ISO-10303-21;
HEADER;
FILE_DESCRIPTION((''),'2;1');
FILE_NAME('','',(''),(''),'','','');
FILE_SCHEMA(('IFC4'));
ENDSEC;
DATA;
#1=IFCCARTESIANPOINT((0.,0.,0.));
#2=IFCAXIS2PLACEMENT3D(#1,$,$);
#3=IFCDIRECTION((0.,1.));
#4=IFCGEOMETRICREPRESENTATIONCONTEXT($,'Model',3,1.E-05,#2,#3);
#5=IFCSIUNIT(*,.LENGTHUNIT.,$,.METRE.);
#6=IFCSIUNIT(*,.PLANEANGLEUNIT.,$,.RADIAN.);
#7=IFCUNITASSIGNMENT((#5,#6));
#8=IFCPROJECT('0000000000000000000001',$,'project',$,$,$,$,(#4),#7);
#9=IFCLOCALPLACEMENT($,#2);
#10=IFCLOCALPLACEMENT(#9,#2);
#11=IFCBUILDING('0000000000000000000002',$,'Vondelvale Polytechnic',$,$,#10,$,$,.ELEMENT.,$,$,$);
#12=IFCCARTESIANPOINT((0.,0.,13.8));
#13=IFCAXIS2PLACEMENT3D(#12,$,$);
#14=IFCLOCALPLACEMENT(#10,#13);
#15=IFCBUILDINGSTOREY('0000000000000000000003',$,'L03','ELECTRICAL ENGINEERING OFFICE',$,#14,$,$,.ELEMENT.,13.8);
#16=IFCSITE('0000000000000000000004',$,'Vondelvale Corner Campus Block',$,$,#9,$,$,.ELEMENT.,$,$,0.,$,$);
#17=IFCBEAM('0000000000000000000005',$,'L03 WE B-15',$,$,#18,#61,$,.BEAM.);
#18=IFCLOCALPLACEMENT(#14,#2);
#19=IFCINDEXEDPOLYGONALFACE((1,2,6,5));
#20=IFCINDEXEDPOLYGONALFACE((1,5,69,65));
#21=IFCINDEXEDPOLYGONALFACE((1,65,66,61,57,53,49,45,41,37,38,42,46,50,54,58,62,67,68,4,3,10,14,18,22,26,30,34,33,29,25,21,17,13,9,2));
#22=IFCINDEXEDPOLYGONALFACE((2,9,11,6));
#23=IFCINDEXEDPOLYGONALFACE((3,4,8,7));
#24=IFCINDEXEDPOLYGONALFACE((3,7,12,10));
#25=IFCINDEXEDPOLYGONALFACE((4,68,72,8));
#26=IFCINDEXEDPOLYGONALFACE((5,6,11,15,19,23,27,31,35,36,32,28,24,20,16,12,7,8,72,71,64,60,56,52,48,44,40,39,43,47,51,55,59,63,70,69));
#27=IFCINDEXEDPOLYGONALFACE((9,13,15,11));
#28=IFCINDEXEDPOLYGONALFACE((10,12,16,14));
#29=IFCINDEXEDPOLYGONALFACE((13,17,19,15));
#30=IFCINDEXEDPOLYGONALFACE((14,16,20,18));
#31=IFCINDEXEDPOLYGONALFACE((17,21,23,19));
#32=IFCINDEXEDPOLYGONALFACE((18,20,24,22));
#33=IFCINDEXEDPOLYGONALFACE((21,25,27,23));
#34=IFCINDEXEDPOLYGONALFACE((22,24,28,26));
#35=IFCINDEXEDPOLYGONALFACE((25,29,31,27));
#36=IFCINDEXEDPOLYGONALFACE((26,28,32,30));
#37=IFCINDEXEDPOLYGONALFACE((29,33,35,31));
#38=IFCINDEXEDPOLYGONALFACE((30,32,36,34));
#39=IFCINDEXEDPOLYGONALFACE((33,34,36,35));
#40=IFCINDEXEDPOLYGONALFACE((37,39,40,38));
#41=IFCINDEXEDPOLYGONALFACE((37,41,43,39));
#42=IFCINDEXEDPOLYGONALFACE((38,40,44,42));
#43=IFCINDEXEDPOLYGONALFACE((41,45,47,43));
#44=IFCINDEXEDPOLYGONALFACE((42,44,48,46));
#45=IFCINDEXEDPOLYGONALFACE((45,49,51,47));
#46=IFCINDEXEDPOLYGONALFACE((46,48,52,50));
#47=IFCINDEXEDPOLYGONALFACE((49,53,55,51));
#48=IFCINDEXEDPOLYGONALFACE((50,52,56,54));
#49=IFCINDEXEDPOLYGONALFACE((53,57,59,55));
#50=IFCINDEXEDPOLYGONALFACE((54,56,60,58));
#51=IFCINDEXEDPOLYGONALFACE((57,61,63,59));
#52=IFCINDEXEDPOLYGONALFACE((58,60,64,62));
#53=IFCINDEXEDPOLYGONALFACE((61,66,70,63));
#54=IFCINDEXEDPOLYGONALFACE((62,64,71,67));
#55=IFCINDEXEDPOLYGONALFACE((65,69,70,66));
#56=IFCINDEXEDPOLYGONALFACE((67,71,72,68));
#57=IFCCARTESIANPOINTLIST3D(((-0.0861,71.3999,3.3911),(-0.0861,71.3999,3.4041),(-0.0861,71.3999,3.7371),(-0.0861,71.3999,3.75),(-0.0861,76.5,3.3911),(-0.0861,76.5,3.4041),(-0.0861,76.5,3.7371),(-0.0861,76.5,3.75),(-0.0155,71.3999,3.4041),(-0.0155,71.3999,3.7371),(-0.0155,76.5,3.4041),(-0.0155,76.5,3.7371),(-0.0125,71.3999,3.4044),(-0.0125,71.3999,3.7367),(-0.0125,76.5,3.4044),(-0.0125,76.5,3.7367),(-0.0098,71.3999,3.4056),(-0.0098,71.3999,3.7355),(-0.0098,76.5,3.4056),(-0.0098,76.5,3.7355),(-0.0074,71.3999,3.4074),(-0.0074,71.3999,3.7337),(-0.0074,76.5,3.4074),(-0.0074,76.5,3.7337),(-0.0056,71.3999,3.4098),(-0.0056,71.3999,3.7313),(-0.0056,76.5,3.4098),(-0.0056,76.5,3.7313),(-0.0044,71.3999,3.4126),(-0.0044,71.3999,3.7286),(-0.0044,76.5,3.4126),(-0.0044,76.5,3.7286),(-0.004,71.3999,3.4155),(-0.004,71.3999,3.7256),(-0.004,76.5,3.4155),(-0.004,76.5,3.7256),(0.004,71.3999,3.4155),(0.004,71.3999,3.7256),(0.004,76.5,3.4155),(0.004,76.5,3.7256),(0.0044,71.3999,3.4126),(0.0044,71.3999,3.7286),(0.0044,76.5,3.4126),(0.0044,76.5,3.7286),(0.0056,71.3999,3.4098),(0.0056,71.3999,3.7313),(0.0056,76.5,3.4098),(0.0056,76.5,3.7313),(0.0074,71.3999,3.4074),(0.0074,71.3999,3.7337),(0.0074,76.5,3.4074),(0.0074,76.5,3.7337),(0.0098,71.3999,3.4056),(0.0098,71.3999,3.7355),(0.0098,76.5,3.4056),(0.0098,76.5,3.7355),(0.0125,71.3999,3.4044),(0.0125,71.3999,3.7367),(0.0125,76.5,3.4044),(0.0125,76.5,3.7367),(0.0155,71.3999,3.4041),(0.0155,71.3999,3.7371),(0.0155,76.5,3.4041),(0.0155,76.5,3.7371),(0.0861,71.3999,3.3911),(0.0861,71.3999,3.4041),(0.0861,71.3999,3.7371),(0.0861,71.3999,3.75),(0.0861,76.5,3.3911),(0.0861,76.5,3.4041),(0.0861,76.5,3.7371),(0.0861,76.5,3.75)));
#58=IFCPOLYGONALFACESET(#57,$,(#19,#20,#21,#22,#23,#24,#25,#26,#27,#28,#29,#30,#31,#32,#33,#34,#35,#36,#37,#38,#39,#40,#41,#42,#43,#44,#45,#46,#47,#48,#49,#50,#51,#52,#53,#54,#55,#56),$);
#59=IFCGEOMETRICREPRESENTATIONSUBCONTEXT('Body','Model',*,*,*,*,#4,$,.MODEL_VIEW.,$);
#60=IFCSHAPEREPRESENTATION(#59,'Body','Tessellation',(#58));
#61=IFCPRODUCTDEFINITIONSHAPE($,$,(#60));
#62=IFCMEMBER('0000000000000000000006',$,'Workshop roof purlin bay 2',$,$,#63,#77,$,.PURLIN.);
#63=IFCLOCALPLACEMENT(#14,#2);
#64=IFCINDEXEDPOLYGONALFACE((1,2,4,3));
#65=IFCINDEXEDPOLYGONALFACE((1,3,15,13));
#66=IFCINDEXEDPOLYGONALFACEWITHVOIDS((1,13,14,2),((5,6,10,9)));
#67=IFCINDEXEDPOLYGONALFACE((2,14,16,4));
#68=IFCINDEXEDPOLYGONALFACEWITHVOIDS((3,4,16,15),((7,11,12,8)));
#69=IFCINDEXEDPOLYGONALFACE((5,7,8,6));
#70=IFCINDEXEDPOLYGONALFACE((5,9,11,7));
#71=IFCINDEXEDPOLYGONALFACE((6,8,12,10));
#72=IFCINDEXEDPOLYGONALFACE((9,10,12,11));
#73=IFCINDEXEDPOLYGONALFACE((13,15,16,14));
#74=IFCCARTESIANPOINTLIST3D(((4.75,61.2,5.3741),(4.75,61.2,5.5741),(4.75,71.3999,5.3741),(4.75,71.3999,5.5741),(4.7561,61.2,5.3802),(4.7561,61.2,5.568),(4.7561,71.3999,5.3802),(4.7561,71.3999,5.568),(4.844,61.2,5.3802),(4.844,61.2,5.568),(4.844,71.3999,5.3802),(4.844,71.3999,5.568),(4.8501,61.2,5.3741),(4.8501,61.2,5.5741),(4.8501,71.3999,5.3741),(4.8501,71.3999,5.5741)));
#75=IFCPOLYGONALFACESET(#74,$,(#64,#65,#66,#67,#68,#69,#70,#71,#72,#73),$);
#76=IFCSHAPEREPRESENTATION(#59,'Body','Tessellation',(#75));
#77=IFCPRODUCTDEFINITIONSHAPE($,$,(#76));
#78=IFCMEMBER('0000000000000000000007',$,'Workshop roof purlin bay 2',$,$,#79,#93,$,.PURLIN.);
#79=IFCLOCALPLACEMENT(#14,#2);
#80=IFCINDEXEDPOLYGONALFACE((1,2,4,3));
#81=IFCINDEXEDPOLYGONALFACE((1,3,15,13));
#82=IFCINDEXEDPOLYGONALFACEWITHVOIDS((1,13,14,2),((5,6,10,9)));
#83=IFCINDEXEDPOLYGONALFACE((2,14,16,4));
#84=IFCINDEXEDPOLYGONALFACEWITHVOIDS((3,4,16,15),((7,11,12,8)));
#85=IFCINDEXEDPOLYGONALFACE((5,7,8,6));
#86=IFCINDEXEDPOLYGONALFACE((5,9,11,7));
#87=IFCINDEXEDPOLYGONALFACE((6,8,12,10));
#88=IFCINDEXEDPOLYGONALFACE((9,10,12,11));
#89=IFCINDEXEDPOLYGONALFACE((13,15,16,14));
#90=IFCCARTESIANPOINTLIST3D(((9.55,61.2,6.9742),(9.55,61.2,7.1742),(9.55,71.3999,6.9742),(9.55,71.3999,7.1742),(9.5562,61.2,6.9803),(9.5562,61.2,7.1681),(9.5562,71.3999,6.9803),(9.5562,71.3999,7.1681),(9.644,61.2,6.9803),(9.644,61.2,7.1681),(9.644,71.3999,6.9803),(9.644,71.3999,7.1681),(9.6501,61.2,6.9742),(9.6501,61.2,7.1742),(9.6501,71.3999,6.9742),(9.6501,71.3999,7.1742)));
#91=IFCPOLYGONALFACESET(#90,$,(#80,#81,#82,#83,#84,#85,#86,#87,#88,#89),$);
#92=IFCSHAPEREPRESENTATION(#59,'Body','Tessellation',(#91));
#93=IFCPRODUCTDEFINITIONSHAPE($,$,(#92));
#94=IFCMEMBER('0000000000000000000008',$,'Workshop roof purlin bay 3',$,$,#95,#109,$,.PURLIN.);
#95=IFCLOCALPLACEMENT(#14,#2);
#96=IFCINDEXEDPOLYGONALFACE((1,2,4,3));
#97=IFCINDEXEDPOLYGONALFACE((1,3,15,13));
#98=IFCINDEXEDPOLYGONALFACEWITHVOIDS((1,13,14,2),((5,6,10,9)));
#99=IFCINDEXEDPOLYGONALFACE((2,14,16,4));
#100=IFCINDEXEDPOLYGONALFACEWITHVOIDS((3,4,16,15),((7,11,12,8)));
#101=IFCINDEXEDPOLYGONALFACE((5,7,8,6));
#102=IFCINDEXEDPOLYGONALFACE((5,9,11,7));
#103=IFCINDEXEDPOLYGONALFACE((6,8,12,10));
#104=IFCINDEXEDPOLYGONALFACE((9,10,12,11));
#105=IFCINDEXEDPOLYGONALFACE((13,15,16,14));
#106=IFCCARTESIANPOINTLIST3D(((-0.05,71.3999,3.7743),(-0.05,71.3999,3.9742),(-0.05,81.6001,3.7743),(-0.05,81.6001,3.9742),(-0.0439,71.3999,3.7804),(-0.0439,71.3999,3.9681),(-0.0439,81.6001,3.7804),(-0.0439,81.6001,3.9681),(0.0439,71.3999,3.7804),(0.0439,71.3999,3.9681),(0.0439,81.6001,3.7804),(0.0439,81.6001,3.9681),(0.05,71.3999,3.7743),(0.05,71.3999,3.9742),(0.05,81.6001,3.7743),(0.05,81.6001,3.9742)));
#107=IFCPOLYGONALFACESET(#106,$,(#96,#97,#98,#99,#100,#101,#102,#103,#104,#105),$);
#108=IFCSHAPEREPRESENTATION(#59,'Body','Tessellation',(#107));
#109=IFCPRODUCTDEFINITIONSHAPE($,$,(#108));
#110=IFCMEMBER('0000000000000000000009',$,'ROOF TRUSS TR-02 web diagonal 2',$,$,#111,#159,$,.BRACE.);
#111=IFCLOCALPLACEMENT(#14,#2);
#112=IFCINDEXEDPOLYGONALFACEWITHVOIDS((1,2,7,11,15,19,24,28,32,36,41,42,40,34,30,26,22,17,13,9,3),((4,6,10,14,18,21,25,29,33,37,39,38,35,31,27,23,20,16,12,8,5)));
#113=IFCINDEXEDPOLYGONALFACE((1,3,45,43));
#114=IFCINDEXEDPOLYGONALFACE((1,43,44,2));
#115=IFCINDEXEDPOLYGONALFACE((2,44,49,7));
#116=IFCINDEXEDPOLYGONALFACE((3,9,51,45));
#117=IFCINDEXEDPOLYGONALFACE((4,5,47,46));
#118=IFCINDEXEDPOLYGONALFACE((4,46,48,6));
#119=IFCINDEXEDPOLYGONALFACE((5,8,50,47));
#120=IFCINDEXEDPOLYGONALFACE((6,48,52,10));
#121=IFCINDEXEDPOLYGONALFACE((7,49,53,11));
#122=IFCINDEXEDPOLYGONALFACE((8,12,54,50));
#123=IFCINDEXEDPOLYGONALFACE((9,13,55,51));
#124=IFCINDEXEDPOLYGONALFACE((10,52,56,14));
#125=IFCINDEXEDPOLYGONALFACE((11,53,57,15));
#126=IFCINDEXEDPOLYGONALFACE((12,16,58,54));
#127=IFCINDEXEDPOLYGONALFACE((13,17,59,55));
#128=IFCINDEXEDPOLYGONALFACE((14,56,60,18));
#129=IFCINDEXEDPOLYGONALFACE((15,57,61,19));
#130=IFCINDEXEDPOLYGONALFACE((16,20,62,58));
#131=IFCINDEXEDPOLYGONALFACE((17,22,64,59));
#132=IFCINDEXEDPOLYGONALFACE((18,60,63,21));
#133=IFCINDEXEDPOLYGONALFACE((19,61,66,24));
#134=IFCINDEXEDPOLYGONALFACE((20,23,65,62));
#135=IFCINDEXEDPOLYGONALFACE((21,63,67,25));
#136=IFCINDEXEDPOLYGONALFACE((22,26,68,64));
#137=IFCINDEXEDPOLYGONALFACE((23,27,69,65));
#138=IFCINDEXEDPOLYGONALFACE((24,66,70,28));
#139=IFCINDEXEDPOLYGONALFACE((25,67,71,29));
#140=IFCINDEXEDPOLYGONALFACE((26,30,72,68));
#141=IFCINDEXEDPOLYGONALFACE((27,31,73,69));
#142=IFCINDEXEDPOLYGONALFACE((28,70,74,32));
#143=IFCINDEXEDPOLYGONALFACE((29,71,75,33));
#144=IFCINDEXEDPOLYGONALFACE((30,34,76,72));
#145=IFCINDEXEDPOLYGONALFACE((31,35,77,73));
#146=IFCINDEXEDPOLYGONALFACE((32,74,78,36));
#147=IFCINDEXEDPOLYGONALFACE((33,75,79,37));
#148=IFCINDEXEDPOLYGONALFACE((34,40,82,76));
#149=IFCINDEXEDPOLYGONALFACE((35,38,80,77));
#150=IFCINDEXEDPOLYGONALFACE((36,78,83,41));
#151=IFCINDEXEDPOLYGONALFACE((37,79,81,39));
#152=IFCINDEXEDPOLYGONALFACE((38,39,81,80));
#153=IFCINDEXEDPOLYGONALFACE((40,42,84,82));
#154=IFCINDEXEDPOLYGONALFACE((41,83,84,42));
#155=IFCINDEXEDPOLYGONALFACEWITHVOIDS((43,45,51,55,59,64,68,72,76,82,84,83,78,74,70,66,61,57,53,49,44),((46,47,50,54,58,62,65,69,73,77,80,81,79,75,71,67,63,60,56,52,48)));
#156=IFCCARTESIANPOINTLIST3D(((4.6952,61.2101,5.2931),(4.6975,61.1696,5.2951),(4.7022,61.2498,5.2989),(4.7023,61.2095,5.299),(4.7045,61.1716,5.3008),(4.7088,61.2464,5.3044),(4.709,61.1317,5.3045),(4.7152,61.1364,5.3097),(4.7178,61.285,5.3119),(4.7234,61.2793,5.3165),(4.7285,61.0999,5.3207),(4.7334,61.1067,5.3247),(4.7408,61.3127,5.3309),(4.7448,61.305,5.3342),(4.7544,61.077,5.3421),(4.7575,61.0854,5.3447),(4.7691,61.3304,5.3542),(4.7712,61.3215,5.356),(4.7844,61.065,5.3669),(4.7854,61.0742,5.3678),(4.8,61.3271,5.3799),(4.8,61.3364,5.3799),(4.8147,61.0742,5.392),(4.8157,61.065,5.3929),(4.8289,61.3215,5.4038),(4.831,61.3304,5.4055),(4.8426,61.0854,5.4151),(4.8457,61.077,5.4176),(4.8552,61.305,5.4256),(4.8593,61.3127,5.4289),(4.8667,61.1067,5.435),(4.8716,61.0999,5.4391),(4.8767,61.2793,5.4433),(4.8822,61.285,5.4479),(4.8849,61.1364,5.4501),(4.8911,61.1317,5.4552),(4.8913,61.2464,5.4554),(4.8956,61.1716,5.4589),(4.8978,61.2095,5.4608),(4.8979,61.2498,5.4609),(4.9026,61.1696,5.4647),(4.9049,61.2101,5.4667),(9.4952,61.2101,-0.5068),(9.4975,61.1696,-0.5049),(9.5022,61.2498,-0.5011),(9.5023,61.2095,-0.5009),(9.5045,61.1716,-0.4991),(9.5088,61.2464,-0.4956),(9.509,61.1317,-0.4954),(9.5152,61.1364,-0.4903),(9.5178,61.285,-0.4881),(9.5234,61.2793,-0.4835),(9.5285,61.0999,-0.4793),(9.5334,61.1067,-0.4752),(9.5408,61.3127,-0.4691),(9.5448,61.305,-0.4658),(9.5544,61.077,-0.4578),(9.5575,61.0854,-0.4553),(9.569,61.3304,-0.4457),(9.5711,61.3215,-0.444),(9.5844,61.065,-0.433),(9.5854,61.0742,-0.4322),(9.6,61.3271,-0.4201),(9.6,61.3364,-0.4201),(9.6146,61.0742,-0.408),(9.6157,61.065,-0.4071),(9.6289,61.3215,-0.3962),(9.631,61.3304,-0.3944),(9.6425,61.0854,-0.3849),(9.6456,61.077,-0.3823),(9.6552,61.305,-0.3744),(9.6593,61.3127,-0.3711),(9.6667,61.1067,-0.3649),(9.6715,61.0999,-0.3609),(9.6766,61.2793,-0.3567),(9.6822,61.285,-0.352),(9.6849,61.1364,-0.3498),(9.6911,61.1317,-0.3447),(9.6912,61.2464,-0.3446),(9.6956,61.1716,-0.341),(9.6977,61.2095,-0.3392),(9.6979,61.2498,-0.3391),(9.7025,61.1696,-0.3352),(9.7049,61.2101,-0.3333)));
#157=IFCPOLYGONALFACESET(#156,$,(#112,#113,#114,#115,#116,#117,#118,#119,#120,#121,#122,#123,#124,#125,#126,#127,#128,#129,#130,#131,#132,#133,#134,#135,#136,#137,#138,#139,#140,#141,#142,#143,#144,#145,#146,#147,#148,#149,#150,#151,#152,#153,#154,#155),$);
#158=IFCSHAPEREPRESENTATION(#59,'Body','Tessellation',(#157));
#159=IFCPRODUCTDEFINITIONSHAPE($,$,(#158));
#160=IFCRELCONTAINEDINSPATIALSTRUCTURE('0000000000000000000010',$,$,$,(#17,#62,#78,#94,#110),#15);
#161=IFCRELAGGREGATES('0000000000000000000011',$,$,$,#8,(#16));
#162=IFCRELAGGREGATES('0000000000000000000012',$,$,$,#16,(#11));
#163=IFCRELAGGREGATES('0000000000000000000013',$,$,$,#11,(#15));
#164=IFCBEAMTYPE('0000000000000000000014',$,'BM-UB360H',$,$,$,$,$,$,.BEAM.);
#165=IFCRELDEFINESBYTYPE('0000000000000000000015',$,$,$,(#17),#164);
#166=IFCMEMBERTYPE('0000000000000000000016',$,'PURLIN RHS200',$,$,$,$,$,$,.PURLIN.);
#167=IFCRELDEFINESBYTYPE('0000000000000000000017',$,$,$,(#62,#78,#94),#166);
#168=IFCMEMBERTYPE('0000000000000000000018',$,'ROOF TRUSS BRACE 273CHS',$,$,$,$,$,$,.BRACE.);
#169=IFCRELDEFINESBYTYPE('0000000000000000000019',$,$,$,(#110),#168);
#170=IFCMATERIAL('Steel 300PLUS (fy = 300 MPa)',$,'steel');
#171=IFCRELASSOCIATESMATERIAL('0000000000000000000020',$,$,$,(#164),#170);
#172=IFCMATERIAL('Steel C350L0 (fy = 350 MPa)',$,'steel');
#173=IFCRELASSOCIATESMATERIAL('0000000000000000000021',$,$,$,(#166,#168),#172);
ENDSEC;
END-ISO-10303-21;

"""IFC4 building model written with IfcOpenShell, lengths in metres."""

from ifc_helpers import new_model, si_unit, direction, frame, origin, origin_2d, place, context, subcontext, project, spatial, hollow_rectangle, hollow_circle, i_section, extrude, material, material_profile, profile_set, type_object, element, save


model = new_model("IFC4")

# Units and contexts
model_context = context("Model", 3, precision=1e-05, world=origin(), true_north=direction((0.0, 1.0)))
body_context = subcontext(model_context, "Body", "Model", "MODEL_VIEW")
ifc_project = project(units=[si_unit("LENGTHUNIT", "METRE"), si_unit("PLANEANGLEUNIT", "RADIAN")], contexts=[model_context])

# Site, building, storey
site_placement = place(None, origin())
site = spatial("IfcSite", under=ifc_project, at=site_placement, Name="Vondelvale Corner Campus Block", CompositionType="ELEMENT", RefElevation=0.0)
building_placement = place(site_placement, origin())
building = spatial("IfcBuilding", under=site, at=building_placement, Name="Vondelvale Polytechnic", CompositionType="ELEMENT")
storey_placement = place(building_placement, frame((0.0, 0.0, 13.8)))
storey = spatial("IfcBuildingStorey", under=building, at=storey_placement, Name="L03", Description="ELECTRICAL ENGINEERING OFFICE", CompositionType="ELEMENT", Elevation=13.8)

# Beam
ifc_material_1 = material(Name="Steel 300PLUS (fy = 300 MPa)", Category="steel")
ifc_material_profile_1 = material_profile(ifc_material_1, i_section(OverallWidth=0.1721, OverallDepth=0.3589, WebThickness=0.0081, FlangeThickness=0.0129, FilletRadius=0.0115, at=origin_2d()), Name="360UB56.7")
ifc_profile_set_1 = profile_set([ifc_material_profile_1], Name="Steel 300PLUS (fy = 300 MPa)")
beam_type = type_object("IfcBeamType", Name="BM-UB360H", PredefinedType="BEAM", material=ifc_profile_set_1)
beam_placement = place(storey_placement, frame((0.0, 71.3999, 3.5706), z_axis=(0.0, 1.0, 0.0), x_axis=(-1.0, 0.0, 0.0)))
element("IfcBeam", 1, at=beam_placement, inside=storey, type_object=beam_type, Name="L03 WE B-15", PredefinedType="BEAM", context=body_context, shape_type="SweptSolid", body=[
    extrude(i_section(OverallWidth=0.1721, OverallDepth=0.3589, WebThickness=0.0081, FlangeThickness=0.0129, FilletRadius=0.0115, at=origin_2d()), origin(), (0.0, 0.0, 1.0), 5.1001),
])

# Members
ifc_material_2 = material(Name="Steel C350L0 (fy = 350 MPa)", Category="steel")
ifc_material_profile_2 = material_profile(ifc_material_2, hollow_rectangle(XDim=0.1001, YDim=0.2, WallThickness=0.0061, at=origin_2d()), Name="200x100x6.0RHS")
ifc_profile_set_2 = profile_set([ifc_material_profile_2], Name="Steel C350L0 (fy = 350 MPa)")
member_type_1 = type_object("IfcMemberType", Name="PURLIN RHS200", PredefinedType="PURLIN", material=ifc_profile_set_2)
for number, where, z_axis, x_axis, name in (
    (2, (4.8, 61.2, 5.4741), (0.0, 1.0, 0.0), (-1.0, 0.0, 0.0), "Workshop roof purlin bay 2"),
    (3, (9.6001, 61.2, 7.0742), (0.0, 1.0, 0.0), (-1.0, 0.0, 0.0), "Workshop roof purlin bay 2"),
):
    element("IfcMember", number, at=place(storey_placement, frame(where, z_axis=z_axis, x_axis=x_axis)), inside=storey, type_object=member_type_1, Name=name, PredefinedType="PURLIN", context=body_context, shape_type="SweptSolid", body=[
        extrude(hollow_rectangle(XDim=0.1001, YDim=0.2, WallThickness=0.0061, at=origin_2d()), origin(), (0.0, 0.0, 1.0), 10.2),
    ])
member_1_placement = place(storey_placement, frame((0.0, 71.3999, 3.8743), z_axis=(0.0, 1.0, 0.0), x_axis=(-1.0, 0.0, 0.0)))
element("IfcMember", 4, at=member_1_placement, inside=storey, type_object=member_type_1, Name="Workshop roof purlin bay 3", PredefinedType="PURLIN", context=body_context, shape_type="SweptSolid", body=[
    extrude(hollow_rectangle(XDim=0.1001, YDim=0.2, WallThickness=0.0061, at=origin_2d()), origin(), (0.0, 0.0, 1.0), 10.2002),
])
ifc_material_profile_3 = material_profile(ifc_material_2, hollow_circle(Radius=0.1365, WallThickness=0.0093, at=origin_2d()), Name="273.1x9.3CHS")
ifc_profile_set_3 = profile_set([ifc_material_profile_3], Name="Steel C350L0 (fy = 350 MPa)")
member_type_2 = type_object("IfcMemberType", Name="ROOF TRUSS BRACE 273CHS", PredefinedType="BRACE", material=ifc_profile_set_3)
member_2_placement = place(storey_placement, frame((4.8, 61.2, 5.3799), z_axis=(0.637568, 0.0, -0.770394), x_axis=(0.0, 1.0, 0.0)))
element("IfcMember", 5, at=member_2_placement, inside=storey, type_object=member_type_2, Name="ROOF TRUSS TR-02 web diagonal 2", PredefinedType="BRACE", context=body_context, shape_type="SweptSolid", body=[
    extrude(hollow_circle(Radius=0.1365, WallThickness=0.0093, at=origin_2d()), origin(), (0.0, 0.0, 1.0), 7.5286),
])

save(model, "model.ifc")
